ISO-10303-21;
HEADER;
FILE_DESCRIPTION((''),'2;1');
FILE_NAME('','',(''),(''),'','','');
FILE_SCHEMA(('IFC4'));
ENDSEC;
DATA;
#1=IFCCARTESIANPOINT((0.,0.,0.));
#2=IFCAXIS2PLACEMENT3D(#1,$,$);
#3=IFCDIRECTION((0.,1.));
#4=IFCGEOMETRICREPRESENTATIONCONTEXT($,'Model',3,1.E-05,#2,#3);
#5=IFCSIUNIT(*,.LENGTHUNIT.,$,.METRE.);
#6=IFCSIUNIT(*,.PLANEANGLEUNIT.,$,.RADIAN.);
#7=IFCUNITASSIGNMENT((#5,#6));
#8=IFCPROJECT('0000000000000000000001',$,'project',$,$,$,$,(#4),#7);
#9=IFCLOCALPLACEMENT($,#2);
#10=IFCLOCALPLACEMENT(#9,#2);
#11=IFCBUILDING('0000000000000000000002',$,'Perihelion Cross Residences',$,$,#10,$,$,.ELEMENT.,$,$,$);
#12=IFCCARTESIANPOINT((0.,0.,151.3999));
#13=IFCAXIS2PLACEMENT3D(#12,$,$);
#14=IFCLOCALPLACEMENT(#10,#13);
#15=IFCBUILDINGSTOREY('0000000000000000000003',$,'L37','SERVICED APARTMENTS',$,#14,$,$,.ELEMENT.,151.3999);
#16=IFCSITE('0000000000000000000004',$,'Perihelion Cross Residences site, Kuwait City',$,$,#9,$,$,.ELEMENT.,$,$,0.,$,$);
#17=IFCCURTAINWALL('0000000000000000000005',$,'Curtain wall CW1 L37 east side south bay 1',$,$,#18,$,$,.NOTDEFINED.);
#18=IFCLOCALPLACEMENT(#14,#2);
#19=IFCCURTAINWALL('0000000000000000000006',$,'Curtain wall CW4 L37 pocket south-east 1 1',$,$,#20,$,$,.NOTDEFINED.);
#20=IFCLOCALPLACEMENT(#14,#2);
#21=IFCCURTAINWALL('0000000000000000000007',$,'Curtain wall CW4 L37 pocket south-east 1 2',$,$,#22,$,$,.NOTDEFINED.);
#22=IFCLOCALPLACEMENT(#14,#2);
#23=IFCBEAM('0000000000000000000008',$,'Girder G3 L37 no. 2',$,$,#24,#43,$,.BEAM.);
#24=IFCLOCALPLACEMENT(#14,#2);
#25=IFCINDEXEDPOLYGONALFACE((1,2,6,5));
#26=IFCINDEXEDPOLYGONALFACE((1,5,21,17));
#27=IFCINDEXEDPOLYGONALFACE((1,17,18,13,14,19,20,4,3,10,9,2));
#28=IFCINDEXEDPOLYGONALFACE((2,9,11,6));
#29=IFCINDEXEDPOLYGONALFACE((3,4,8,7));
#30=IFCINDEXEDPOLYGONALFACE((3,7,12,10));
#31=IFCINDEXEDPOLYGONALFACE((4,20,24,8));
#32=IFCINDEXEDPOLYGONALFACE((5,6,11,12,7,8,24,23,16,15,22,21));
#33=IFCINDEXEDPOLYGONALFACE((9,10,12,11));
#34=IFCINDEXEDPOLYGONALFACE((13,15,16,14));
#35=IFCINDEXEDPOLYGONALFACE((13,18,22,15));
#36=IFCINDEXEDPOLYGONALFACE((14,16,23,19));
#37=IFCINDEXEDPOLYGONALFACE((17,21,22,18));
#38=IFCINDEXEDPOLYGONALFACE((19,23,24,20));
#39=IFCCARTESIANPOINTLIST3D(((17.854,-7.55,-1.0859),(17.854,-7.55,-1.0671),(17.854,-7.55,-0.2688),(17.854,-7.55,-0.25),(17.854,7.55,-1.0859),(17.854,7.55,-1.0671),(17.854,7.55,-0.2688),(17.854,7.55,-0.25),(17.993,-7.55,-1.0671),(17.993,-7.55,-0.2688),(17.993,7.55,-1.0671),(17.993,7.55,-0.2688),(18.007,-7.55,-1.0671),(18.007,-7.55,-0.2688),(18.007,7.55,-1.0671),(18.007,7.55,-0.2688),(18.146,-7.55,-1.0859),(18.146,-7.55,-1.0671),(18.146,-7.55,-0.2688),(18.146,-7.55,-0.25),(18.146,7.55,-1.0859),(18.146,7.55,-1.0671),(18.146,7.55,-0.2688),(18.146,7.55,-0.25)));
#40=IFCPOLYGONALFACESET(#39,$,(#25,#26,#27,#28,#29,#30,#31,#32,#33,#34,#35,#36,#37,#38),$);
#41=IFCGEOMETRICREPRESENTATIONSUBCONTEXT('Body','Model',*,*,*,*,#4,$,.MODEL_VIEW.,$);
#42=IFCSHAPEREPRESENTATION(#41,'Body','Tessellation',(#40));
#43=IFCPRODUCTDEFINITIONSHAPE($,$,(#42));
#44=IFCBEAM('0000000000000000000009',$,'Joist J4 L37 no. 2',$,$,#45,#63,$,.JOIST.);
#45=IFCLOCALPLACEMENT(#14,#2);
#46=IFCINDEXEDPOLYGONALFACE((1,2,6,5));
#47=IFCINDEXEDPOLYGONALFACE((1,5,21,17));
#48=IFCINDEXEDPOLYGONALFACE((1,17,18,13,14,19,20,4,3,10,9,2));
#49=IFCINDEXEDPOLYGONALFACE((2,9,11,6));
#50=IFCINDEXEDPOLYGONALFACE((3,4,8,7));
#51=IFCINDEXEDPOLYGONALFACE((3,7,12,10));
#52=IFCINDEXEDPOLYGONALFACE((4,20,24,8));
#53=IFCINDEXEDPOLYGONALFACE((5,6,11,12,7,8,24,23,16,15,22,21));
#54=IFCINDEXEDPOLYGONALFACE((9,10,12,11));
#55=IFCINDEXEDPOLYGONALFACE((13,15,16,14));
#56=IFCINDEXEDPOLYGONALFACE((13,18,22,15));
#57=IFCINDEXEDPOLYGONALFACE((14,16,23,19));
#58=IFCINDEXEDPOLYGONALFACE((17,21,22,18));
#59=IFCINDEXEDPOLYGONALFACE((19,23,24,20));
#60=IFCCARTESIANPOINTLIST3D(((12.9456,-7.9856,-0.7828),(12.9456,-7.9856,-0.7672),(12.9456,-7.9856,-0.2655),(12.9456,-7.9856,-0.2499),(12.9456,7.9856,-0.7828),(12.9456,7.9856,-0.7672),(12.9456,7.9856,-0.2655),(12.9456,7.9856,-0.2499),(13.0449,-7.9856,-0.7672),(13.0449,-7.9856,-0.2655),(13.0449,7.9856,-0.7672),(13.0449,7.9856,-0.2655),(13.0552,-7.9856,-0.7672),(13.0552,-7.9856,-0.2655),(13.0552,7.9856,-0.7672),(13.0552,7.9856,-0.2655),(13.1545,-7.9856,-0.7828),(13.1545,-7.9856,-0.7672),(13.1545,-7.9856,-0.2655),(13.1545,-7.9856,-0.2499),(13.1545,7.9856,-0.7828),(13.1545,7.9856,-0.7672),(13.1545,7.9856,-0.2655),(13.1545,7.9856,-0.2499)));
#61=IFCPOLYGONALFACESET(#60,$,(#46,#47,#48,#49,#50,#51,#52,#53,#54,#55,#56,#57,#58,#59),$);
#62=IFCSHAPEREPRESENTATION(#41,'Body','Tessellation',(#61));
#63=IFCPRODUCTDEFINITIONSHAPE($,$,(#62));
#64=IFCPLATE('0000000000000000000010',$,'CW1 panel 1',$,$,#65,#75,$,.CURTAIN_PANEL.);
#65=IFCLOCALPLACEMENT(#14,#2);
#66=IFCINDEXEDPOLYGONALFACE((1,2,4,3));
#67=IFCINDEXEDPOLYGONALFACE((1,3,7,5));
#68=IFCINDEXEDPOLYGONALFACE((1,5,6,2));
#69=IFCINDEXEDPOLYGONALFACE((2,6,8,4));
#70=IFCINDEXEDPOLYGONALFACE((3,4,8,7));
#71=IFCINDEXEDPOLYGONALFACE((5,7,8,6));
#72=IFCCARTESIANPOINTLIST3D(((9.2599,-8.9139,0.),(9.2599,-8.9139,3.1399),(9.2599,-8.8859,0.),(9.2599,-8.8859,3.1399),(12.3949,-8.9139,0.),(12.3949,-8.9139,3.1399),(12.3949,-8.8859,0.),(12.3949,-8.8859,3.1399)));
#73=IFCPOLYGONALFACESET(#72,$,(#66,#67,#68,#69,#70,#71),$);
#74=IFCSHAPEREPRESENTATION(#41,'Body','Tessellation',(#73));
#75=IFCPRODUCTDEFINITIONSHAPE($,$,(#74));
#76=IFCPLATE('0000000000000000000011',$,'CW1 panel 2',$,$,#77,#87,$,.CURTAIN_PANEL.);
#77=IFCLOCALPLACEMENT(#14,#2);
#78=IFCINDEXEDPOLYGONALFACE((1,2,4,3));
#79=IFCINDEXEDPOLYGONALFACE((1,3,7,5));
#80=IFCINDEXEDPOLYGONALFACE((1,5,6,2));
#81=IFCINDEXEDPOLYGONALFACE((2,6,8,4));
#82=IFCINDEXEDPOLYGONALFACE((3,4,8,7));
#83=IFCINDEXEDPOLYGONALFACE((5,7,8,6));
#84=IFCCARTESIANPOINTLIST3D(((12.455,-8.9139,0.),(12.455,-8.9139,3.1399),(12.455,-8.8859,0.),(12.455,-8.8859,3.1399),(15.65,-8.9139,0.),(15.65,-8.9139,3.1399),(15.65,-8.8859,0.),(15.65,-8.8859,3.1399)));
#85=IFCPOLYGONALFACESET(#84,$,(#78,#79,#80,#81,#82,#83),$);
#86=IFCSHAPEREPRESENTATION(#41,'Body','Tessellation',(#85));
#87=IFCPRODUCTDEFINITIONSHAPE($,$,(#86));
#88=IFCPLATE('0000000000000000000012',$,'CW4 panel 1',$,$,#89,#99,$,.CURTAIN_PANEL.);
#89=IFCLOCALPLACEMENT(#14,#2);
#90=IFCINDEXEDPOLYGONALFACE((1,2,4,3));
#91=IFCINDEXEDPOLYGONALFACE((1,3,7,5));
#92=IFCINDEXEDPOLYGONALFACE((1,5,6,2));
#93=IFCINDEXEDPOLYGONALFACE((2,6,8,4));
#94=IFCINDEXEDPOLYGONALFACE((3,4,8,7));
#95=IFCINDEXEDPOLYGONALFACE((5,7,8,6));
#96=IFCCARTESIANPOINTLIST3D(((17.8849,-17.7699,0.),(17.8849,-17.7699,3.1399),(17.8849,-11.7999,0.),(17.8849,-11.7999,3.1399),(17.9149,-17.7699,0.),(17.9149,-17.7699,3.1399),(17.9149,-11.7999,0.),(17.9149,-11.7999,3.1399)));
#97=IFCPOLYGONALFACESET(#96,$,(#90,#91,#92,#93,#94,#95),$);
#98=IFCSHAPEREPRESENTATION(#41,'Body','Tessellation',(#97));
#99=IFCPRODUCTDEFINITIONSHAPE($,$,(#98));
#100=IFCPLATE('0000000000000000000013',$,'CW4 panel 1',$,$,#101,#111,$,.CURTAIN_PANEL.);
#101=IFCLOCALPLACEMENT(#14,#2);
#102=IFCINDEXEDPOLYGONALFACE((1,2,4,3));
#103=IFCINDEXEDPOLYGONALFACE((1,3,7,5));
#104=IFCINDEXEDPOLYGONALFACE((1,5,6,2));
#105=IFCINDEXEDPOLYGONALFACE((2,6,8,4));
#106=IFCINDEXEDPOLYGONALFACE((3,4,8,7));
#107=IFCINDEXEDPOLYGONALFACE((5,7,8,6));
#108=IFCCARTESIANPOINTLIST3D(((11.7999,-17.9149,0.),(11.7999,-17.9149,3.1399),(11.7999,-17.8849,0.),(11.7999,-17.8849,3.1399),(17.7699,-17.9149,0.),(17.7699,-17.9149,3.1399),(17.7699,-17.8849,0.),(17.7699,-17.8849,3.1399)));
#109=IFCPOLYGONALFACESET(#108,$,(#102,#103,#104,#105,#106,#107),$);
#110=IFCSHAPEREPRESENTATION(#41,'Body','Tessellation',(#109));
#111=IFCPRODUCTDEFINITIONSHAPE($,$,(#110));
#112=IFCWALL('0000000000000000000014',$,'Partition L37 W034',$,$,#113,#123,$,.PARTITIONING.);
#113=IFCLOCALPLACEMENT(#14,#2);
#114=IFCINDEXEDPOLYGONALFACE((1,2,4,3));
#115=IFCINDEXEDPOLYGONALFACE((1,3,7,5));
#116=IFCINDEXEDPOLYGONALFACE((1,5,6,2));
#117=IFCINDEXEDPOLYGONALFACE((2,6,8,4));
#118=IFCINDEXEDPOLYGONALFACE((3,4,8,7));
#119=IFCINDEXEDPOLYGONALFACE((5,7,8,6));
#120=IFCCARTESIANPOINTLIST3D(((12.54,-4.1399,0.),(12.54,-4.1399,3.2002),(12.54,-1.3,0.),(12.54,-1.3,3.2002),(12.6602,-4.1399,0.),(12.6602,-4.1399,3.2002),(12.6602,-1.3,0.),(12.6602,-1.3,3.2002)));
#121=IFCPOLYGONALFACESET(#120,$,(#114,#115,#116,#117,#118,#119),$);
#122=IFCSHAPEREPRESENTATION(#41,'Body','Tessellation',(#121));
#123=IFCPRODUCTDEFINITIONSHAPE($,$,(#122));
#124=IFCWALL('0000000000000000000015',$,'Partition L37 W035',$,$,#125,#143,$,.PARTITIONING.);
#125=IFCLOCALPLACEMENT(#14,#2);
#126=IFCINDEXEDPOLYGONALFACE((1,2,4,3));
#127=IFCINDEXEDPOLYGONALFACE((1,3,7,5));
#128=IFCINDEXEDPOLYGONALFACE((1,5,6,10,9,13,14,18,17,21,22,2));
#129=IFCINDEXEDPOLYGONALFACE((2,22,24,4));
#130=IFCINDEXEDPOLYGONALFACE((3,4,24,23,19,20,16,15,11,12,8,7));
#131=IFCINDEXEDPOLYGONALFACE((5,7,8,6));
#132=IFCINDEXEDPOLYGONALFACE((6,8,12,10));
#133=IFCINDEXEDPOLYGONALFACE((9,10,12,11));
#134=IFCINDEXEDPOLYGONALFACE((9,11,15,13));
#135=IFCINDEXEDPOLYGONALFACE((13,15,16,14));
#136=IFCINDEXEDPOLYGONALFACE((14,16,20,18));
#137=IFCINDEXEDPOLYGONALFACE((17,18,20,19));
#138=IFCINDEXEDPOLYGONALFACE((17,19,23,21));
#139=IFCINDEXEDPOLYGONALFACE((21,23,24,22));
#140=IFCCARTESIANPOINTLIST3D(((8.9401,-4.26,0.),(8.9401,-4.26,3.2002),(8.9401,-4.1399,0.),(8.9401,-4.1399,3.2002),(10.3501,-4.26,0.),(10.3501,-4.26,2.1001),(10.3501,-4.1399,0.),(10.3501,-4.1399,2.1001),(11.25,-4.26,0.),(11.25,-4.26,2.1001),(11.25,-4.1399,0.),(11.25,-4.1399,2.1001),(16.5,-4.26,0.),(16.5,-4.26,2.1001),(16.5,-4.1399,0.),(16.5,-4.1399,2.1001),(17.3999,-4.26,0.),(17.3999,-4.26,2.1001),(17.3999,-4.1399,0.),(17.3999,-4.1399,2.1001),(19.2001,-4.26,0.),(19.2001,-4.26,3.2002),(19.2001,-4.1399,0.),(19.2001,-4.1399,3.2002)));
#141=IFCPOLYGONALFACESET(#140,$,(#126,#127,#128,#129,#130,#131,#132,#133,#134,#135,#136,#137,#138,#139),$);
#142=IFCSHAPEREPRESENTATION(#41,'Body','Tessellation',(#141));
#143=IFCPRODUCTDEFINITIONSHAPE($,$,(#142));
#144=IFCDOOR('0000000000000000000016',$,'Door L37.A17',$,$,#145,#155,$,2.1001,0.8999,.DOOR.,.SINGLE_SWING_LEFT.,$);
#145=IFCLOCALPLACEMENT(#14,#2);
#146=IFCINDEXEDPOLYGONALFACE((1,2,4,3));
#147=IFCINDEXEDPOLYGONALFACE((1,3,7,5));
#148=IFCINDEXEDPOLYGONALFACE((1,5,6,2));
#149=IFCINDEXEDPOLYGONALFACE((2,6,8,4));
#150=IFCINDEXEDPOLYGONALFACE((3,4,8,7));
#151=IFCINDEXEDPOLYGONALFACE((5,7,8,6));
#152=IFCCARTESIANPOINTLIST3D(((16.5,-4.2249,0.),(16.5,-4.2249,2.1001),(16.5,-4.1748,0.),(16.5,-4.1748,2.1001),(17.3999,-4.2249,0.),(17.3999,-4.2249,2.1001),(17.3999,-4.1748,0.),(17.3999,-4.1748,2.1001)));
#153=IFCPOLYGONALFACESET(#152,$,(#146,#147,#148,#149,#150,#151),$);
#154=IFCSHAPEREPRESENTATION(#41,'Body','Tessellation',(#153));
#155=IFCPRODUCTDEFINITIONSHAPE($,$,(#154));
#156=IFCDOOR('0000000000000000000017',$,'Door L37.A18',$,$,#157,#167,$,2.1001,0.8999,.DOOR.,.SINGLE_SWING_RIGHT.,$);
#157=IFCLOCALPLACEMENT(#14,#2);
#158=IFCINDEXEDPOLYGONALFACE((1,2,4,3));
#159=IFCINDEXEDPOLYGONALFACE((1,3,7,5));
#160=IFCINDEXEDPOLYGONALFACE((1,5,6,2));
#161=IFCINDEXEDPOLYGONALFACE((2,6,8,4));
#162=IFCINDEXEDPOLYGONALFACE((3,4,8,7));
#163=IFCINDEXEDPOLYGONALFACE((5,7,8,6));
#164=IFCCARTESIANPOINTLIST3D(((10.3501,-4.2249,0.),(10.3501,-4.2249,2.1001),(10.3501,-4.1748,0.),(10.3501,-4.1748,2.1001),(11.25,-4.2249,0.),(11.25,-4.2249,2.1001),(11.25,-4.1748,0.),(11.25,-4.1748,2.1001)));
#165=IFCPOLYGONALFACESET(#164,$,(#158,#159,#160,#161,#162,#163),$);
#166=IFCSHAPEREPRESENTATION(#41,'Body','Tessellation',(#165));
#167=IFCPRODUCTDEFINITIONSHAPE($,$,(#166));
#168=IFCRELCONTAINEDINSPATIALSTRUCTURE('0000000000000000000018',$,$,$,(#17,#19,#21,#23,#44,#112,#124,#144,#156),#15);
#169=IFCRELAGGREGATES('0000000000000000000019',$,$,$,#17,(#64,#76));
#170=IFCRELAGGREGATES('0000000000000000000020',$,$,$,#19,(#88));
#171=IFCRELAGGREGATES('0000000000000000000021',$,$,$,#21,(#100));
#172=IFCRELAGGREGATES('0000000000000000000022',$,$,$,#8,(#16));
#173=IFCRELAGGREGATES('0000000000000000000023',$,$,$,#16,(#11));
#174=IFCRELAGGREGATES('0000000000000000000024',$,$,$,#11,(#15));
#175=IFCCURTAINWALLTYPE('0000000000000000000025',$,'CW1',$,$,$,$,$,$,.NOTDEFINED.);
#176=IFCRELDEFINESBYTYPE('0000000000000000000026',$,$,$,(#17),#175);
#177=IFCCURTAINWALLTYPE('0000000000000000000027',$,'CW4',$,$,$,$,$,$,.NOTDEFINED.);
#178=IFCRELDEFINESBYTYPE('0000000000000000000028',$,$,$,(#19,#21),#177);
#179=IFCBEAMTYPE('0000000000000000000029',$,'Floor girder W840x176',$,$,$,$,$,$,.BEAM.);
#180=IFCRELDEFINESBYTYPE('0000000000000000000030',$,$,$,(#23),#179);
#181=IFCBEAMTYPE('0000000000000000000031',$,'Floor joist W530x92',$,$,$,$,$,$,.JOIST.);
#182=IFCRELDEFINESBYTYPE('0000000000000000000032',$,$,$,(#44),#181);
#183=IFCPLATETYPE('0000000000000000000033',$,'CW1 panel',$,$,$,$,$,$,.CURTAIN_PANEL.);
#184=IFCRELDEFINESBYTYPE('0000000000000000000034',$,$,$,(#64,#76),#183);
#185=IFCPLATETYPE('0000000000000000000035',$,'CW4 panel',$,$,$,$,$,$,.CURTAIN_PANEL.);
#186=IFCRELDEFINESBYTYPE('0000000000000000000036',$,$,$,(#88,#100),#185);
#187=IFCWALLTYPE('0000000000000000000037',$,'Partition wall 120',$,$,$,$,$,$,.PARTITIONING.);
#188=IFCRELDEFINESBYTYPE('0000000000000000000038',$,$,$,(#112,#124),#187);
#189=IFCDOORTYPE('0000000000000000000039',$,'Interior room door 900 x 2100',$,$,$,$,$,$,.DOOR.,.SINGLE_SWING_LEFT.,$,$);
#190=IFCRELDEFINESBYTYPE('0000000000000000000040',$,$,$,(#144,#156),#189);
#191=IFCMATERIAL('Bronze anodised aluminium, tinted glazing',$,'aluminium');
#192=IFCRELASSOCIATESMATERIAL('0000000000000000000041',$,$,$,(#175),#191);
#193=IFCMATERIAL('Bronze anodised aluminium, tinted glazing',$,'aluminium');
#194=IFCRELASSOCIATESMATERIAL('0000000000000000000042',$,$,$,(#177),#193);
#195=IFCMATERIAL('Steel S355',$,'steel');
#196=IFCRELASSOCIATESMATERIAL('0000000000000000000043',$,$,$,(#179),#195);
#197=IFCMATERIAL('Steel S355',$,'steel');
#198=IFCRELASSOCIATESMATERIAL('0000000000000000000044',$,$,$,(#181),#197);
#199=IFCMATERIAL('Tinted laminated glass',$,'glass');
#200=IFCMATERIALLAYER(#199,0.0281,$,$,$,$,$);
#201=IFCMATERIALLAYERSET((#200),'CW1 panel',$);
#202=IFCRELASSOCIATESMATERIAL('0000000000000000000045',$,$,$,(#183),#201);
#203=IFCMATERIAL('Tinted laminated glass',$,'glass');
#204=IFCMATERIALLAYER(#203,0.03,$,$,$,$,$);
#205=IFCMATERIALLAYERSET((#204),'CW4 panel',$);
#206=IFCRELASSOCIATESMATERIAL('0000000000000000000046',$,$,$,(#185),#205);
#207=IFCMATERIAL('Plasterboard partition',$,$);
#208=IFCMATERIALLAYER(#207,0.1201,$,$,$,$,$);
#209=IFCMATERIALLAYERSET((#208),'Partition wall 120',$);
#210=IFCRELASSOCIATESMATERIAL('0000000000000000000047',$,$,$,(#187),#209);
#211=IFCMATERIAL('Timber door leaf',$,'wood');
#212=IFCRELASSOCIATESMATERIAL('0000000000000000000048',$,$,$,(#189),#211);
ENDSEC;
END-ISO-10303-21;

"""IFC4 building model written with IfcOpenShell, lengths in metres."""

from ifc_helpers import new_model, si_unit, direction, frame, frame_2d, origin, origin_2d, place, context, subcontext, project, spatial, rectangle, i_section, extrude, material, layer, layer_set, material_profile, profile_set, type_object, element, fill, aggregate, save


model = new_model("IFC4")

# Units and contexts
model_context = context("Model", 3, precision=1e-05, world=origin(), true_north=direction((0.0, 1.0)))
body_context = subcontext(model_context, "Body", "Model", "MODEL_VIEW")
ifc_project = project(units=[si_unit("LENGTHUNIT", "METRE"), si_unit("PLANEANGLEUNIT", "RADIAN")], contexts=[model_context])

# Site, building, storey
site_placement = place(None, origin())
site = spatial("IfcSite", under=ifc_project, at=site_placement, Name="Perihelion Cross Residences site, Kuwait City", CompositionType="ELEMENT", RefElevation=0.0)
building_placement = place(site_placement, origin())
building = spatial("IfcBuilding", under=site, at=building_placement, Name="Perihelion Cross Residences", CompositionType="ELEMENT")
storey_placement = place(building_placement, frame((0.0, 0.0, 151.3999)))
storey = spatial("IfcBuildingStorey", under=building, at=storey_placement, Name="L37", Description="SERVICED APARTMENTS", CompositionType="ELEMENT", Elevation=151.3999)

# Curtain wall
ifc_material_1 = material(Name="Bronze anodised aluminium, tinted glazing", Category="aluminium")
curtain_wall_type_1 = type_object("IfcCurtainWallType", Name="CW1", PredefinedType="NOTDEFINED", material=ifc_material_1)
curtain_wall_1_placement = place(storey_placement, origin())
curtain_wall_1 = element("IfcCurtainWall", 1, at=curtain_wall_1_placement, inside=storey, type_object=curtain_wall_type_1, Name="Curtain wall CW1 L37 east side south bay 1", PredefinedType="NOTDEFINED")

# Curtain walls
ifc_material_2 = material(Name="Bronze anodised aluminium, tinted glazing", Category="aluminium")
curtain_wall_type_2 = type_object("IfcCurtainWallType", Name="CW4", PredefinedType="NOTDEFINED", material=ifc_material_2)
curtain_wall_2_placement = place(storey_placement, origin())
curtain_wall_2 = element("IfcCurtainWall", 2, at=curtain_wall_2_placement, inside=storey, type_object=curtain_wall_type_2, Name="Curtain wall CW4 L37 pocket south-east 1 1", PredefinedType="NOTDEFINED")
curtain_wall_3_placement = place(storey_placement, origin())
curtain_wall_3 = element("IfcCurtainWall", 3, at=curtain_wall_3_placement, inside=storey, type_object=curtain_wall_type_2, Name="Curtain wall CW4 L37 pocket south-east 1 2", PredefinedType="NOTDEFINED")

# Beams
ifc_material_3 = material(Name="Steel S355", Category="steel")
ifc_material_profile_1 = material_profile(ifc_material_3, i_section(OverallWidth=0.292, OverallDepth=0.8359, WebThickness=0.0139, FlangeThickness=0.0188, at=origin_2d()), Name="W840x176")
ifc_profile_set_1 = profile_set([ifc_material_profile_1], Name="Steel S355")
beam_type_1 = type_object("IfcBeamType", Name="Floor girder W840x176", PredefinedType="BEAM", material=ifc_profile_set_1)
beam_1_placement = place(storey_placement, frame((18.0, -7.55, -0.668), z_axis=(0.0, 1.0, 0.0), x_axis=(-1.0, 0.0, 0.0)))
element("IfcBeam", 4, at=beam_1_placement, inside=storey, type_object=beam_type_1, Name="Girder G3 L37 no. 2", PredefinedType="BEAM", context=body_context, shape_type="SweptSolid", body=[
    extrude(i_section(OverallWidth=0.292, OverallDepth=0.8359, WebThickness=0.0139, FlangeThickness=0.0188, at=origin_2d()), origin(), (0.0, 0.0, 1.0), 15.1001),
])
ifc_material_4 = material(Name="Steel S355", Category="steel")
ifc_material_profile_2 = material_profile(ifc_material_4, i_section(OverallWidth=0.209, OverallDepth=0.533, WebThickness=0.0103, FlangeThickness=0.0156, at=origin_2d()), Name="W530x92")
ifc_profile_set_2 = profile_set([ifc_material_profile_2], Name="Steel S355")
beam_type_2 = type_object("IfcBeamType", Name="Floor joist W530x92", PredefinedType="JOIST", material=ifc_profile_set_2)
beam_2_placement = place(storey_placement, frame((13.05, -7.9856, -0.5164), z_axis=(0.0, 1.0, 0.0), x_axis=(-1.0, 0.0, 0.0)))
element("IfcBeam", 5, at=beam_2_placement, inside=storey, type_object=beam_type_2, Name="Joist J4 L37 no. 2", PredefinedType="JOIST", context=body_context, shape_type="SweptSolid", body=[
    extrude(i_section(OverallWidth=0.209, OverallDepth=0.533, WebThickness=0.0103, FlangeThickness=0.0156, at=origin_2d()), origin(), (0.0, 0.0, 1.0), 15.9712),
])

# Plates
ifc_material_5 = material(Name="Tinted laminated glass", Category="glass")
ifc_layer_1 = layer(ifc_material_5, 0.0281)
ifc_layer_set_1 = layer_set([ifc_layer_1], Name="CW1 panel")
plate_type_1 = type_object("IfcPlateType", Name="CW1 panel", PredefinedType="CURTAIN_PANEL", material=ifc_layer_set_1)
plate_1_placement = place(storey_placement, frame((10.8274, -8.8999, 0.0), z_axis=(0.0, 0.0, 1.0), x_axis=(1.0, 0.0, 0.0)))
plate_1 = element("IfcPlate", 6, at=plate_1_placement, type_object=plate_type_1, Name="CW1 panel 1", PredefinedType="CURTAIN_PANEL", context=body_context, shape_type="SweptSolid", body=[
    extrude(rectangle(XDim=3.135, YDim=0.0281, at=origin_2d()), origin(), (0.0, 0.0, 1.0), 3.1399),
])
plate_2_placement = place(storey_placement, frame((14.0525, -8.8999, 0.0), z_axis=(0.0, 0.0, 1.0), x_axis=(1.0, 0.0, 0.0)))
plate_2 = element("IfcPlate", 7, at=plate_2_placement, type_object=plate_type_1, Name="CW1 panel 2", PredefinedType="CURTAIN_PANEL", context=body_context, shape_type="SweptSolid", body=[
    extrude(rectangle(XDim=3.1951, YDim=0.0281, at=origin_2d()), origin(), (0.0, 0.0, 1.0), 3.1399),
])
aggregate(curtain_wall_1, [plate_1, plate_2])
ifc_material_6 = material(Name="Tinted laminated glass", Category="glass")
ifc_layer_2 = layer(ifc_material_6, 0.03)
ifc_layer_set_2 = layer_set([ifc_layer_2], Name="CW4 panel")
plate_type_2 = type_object("IfcPlateType", Name="CW4 panel", PredefinedType="CURTAIN_PANEL", material=ifc_layer_set_2)
plate_3_placement = place(storey_placement, frame((17.8999, -14.7849, 0.0), z_axis=(0.0, 0.0, 1.0), x_axis=(0.0, -1.0, 0.0)))
plate_3 = element("IfcPlate", 8, at=plate_3_placement, type_object=plate_type_2, Name="CW4 panel 1", PredefinedType="CURTAIN_PANEL", context=body_context, shape_type="SweptSolid", body=[
    extrude(rectangle(XDim=5.97, YDim=0.03, at=origin_2d()), origin(), (0.0, 0.0, 1.0), 3.1399),
])
aggregate(curtain_wall_2, [plate_3])
plate_4_placement = place(storey_placement, frame((14.7849, -17.8999, 0.0), z_axis=(0.0, 0.0, 1.0), x_axis=(-1.0, 0.0, 0.0)))
plate_4 = element("IfcPlate", 9, at=plate_4_placement, type_object=plate_type_2, Name="CW4 panel 1", PredefinedType="CURTAIN_PANEL", context=body_context, shape_type="SweptSolid", body=[
    extrude(rectangle(XDim=5.97, YDim=0.03, at=origin_2d()), origin(), (0.0, 0.0, 1.0), 3.1399),
])
aggregate(curtain_wall_3, [plate_4])

# Wall
ifc_material_7 = material(Name="Plasterboard partition")
ifc_layer_3 = layer(ifc_material_7, 0.1201)
ifc_layer_set_3 = layer_set([ifc_layer_3], Name="Partition wall 120")
wall_type_1 = type_object("IfcWallType", Name="Partition wall 120", PredefinedType="PARTITIONING", material=ifc_layer_set_3)
wall_1_placement = place(storey_placement, frame((12.6001, -1.3, 0.0), z_axis=(0.0, 0.0, 1.0), x_axis=(0.0, -1.0, 0.0)))
element("IfcWall", 10, at=wall_1_placement, inside=storey, type_object=wall_type_1, Name="Partition L37 W034", PredefinedType="PARTITIONING", context=body_context, shape_type="SweptSolid", body=[
    extrude(rectangle(XDim=2.8398, YDim=0.1201, at=frame_2d((1.4199, 0.0))), origin(), (0.0, 0.0, 1.0), 3.2002),
])

# Wall, openings, doors
wall_2_placement = place(storey_placement, frame((19.2, -4.2, 0.0), z_axis=(0.0, 0.0, 1.0), x_axis=(-1.0, 0.0, 0.0)))
wall_2 = element("IfcWall", 11, at=wall_2_placement, inside=storey, type_object=wall_type_1, Name="Partition L37 W035", PredefinedType="PARTITIONING", context=body_context, shape_type="SweptSolid", body=[
    extrude(rectangle(XDim=10.26, YDim=0.1201, at=frame_2d((5.1299, 0.0))), origin(), (0.0, 0.0, 1.0), 3.2002),
])
opening_1_placement = place(wall_2_placement, frame((1.8, 0.0, 0.0)))
opening_1 = element("IfcOpeningElement", 12, at=opening_1_placement, cuts=wall_2, PredefinedType="OPENING", context=body_context, shape_type="SweptSolid", body=[
    extrude(rectangle(XDim=0.8999, YDim=2.1001, at=frame_2d((0.45, 1.05))), frame((0.0, 0.0701, 0.0), z_axis=(0.0, -1.0, 0.0), x_axis=(1.0, 0.0, 0.0)), (0.0, 0.0, 1.0), 0.1401),
])
opening_2_placement = place(wall_2_placement, frame((7.95, 0.0, 0.0)))
opening_2 = element("IfcOpeningElement", 13, at=opening_2_placement, cuts=wall_2, PredefinedType="OPENING", context=body_context, shape_type="SweptSolid", body=[
    extrude(rectangle(XDim=0.8999, YDim=2.1001, at=frame_2d((0.45, 1.05))), frame((0.0, 0.0701, 0.0), z_axis=(0.0, -1.0, 0.0), x_axis=(1.0, 0.0, 0.0)), (0.0, 0.0, 1.0), 0.1401),
])
ifc_material_8 = material(Name="Timber door leaf", Category="wood")
door_type_1 = type_object("IfcDoorType", Name="Interior room door 900 x 2100", OperationType="SINGLE_SWING_LEFT", PredefinedType="DOOR", material=ifc_material_8)
door_1_placement = place(opening_1_placement, origin())
door_1 = element("IfcDoor", 14, at=door_1_placement, inside=storey, type_object=door_type_1, Name="Door L37.A17", OperationType="SINGLE_SWING_LEFT", OverallHeight=2.1001, OverallWidth=0.8999, PredefinedType="DOOR", context=body_context, shape_type="SweptSolid", body=[
    extrude(rectangle(XDim=0.8999, YDim=2.1001, at=frame_2d((0.45, 1.05))), frame((0.0, 0.0249, 0.0), z_axis=(0.0, -1.0, 0.0), x_axis=(1.0, 0.0, 0.0)), (0.0, 0.0, 1.0), 0.05),
])
fill(opening_1, door_1)
door_2_placement = place(opening_2_placement, origin())
door_2 = element("IfcDoor", 15, at=door_2_placement, inside=storey, type_object=door_type_1, Name="Door L37.A18", OperationType="SINGLE_SWING_RIGHT", OverallHeight=2.1001, OverallWidth=0.8999, PredefinedType="DOOR", context=body_context, shape_type="SweptSolid", body=[
    extrude(rectangle(XDim=0.8999, YDim=2.1001, at=frame_2d((0.45, 1.05))), frame((0.0, 0.0249, 0.0), z_axis=(0.0, -1.0, 0.0), x_axis=(1.0, 0.0, 0.0)), (0.0, 0.0, 1.0), 0.05),
])
fill(opening_2, door_2)

save(model, "model.ifc")
